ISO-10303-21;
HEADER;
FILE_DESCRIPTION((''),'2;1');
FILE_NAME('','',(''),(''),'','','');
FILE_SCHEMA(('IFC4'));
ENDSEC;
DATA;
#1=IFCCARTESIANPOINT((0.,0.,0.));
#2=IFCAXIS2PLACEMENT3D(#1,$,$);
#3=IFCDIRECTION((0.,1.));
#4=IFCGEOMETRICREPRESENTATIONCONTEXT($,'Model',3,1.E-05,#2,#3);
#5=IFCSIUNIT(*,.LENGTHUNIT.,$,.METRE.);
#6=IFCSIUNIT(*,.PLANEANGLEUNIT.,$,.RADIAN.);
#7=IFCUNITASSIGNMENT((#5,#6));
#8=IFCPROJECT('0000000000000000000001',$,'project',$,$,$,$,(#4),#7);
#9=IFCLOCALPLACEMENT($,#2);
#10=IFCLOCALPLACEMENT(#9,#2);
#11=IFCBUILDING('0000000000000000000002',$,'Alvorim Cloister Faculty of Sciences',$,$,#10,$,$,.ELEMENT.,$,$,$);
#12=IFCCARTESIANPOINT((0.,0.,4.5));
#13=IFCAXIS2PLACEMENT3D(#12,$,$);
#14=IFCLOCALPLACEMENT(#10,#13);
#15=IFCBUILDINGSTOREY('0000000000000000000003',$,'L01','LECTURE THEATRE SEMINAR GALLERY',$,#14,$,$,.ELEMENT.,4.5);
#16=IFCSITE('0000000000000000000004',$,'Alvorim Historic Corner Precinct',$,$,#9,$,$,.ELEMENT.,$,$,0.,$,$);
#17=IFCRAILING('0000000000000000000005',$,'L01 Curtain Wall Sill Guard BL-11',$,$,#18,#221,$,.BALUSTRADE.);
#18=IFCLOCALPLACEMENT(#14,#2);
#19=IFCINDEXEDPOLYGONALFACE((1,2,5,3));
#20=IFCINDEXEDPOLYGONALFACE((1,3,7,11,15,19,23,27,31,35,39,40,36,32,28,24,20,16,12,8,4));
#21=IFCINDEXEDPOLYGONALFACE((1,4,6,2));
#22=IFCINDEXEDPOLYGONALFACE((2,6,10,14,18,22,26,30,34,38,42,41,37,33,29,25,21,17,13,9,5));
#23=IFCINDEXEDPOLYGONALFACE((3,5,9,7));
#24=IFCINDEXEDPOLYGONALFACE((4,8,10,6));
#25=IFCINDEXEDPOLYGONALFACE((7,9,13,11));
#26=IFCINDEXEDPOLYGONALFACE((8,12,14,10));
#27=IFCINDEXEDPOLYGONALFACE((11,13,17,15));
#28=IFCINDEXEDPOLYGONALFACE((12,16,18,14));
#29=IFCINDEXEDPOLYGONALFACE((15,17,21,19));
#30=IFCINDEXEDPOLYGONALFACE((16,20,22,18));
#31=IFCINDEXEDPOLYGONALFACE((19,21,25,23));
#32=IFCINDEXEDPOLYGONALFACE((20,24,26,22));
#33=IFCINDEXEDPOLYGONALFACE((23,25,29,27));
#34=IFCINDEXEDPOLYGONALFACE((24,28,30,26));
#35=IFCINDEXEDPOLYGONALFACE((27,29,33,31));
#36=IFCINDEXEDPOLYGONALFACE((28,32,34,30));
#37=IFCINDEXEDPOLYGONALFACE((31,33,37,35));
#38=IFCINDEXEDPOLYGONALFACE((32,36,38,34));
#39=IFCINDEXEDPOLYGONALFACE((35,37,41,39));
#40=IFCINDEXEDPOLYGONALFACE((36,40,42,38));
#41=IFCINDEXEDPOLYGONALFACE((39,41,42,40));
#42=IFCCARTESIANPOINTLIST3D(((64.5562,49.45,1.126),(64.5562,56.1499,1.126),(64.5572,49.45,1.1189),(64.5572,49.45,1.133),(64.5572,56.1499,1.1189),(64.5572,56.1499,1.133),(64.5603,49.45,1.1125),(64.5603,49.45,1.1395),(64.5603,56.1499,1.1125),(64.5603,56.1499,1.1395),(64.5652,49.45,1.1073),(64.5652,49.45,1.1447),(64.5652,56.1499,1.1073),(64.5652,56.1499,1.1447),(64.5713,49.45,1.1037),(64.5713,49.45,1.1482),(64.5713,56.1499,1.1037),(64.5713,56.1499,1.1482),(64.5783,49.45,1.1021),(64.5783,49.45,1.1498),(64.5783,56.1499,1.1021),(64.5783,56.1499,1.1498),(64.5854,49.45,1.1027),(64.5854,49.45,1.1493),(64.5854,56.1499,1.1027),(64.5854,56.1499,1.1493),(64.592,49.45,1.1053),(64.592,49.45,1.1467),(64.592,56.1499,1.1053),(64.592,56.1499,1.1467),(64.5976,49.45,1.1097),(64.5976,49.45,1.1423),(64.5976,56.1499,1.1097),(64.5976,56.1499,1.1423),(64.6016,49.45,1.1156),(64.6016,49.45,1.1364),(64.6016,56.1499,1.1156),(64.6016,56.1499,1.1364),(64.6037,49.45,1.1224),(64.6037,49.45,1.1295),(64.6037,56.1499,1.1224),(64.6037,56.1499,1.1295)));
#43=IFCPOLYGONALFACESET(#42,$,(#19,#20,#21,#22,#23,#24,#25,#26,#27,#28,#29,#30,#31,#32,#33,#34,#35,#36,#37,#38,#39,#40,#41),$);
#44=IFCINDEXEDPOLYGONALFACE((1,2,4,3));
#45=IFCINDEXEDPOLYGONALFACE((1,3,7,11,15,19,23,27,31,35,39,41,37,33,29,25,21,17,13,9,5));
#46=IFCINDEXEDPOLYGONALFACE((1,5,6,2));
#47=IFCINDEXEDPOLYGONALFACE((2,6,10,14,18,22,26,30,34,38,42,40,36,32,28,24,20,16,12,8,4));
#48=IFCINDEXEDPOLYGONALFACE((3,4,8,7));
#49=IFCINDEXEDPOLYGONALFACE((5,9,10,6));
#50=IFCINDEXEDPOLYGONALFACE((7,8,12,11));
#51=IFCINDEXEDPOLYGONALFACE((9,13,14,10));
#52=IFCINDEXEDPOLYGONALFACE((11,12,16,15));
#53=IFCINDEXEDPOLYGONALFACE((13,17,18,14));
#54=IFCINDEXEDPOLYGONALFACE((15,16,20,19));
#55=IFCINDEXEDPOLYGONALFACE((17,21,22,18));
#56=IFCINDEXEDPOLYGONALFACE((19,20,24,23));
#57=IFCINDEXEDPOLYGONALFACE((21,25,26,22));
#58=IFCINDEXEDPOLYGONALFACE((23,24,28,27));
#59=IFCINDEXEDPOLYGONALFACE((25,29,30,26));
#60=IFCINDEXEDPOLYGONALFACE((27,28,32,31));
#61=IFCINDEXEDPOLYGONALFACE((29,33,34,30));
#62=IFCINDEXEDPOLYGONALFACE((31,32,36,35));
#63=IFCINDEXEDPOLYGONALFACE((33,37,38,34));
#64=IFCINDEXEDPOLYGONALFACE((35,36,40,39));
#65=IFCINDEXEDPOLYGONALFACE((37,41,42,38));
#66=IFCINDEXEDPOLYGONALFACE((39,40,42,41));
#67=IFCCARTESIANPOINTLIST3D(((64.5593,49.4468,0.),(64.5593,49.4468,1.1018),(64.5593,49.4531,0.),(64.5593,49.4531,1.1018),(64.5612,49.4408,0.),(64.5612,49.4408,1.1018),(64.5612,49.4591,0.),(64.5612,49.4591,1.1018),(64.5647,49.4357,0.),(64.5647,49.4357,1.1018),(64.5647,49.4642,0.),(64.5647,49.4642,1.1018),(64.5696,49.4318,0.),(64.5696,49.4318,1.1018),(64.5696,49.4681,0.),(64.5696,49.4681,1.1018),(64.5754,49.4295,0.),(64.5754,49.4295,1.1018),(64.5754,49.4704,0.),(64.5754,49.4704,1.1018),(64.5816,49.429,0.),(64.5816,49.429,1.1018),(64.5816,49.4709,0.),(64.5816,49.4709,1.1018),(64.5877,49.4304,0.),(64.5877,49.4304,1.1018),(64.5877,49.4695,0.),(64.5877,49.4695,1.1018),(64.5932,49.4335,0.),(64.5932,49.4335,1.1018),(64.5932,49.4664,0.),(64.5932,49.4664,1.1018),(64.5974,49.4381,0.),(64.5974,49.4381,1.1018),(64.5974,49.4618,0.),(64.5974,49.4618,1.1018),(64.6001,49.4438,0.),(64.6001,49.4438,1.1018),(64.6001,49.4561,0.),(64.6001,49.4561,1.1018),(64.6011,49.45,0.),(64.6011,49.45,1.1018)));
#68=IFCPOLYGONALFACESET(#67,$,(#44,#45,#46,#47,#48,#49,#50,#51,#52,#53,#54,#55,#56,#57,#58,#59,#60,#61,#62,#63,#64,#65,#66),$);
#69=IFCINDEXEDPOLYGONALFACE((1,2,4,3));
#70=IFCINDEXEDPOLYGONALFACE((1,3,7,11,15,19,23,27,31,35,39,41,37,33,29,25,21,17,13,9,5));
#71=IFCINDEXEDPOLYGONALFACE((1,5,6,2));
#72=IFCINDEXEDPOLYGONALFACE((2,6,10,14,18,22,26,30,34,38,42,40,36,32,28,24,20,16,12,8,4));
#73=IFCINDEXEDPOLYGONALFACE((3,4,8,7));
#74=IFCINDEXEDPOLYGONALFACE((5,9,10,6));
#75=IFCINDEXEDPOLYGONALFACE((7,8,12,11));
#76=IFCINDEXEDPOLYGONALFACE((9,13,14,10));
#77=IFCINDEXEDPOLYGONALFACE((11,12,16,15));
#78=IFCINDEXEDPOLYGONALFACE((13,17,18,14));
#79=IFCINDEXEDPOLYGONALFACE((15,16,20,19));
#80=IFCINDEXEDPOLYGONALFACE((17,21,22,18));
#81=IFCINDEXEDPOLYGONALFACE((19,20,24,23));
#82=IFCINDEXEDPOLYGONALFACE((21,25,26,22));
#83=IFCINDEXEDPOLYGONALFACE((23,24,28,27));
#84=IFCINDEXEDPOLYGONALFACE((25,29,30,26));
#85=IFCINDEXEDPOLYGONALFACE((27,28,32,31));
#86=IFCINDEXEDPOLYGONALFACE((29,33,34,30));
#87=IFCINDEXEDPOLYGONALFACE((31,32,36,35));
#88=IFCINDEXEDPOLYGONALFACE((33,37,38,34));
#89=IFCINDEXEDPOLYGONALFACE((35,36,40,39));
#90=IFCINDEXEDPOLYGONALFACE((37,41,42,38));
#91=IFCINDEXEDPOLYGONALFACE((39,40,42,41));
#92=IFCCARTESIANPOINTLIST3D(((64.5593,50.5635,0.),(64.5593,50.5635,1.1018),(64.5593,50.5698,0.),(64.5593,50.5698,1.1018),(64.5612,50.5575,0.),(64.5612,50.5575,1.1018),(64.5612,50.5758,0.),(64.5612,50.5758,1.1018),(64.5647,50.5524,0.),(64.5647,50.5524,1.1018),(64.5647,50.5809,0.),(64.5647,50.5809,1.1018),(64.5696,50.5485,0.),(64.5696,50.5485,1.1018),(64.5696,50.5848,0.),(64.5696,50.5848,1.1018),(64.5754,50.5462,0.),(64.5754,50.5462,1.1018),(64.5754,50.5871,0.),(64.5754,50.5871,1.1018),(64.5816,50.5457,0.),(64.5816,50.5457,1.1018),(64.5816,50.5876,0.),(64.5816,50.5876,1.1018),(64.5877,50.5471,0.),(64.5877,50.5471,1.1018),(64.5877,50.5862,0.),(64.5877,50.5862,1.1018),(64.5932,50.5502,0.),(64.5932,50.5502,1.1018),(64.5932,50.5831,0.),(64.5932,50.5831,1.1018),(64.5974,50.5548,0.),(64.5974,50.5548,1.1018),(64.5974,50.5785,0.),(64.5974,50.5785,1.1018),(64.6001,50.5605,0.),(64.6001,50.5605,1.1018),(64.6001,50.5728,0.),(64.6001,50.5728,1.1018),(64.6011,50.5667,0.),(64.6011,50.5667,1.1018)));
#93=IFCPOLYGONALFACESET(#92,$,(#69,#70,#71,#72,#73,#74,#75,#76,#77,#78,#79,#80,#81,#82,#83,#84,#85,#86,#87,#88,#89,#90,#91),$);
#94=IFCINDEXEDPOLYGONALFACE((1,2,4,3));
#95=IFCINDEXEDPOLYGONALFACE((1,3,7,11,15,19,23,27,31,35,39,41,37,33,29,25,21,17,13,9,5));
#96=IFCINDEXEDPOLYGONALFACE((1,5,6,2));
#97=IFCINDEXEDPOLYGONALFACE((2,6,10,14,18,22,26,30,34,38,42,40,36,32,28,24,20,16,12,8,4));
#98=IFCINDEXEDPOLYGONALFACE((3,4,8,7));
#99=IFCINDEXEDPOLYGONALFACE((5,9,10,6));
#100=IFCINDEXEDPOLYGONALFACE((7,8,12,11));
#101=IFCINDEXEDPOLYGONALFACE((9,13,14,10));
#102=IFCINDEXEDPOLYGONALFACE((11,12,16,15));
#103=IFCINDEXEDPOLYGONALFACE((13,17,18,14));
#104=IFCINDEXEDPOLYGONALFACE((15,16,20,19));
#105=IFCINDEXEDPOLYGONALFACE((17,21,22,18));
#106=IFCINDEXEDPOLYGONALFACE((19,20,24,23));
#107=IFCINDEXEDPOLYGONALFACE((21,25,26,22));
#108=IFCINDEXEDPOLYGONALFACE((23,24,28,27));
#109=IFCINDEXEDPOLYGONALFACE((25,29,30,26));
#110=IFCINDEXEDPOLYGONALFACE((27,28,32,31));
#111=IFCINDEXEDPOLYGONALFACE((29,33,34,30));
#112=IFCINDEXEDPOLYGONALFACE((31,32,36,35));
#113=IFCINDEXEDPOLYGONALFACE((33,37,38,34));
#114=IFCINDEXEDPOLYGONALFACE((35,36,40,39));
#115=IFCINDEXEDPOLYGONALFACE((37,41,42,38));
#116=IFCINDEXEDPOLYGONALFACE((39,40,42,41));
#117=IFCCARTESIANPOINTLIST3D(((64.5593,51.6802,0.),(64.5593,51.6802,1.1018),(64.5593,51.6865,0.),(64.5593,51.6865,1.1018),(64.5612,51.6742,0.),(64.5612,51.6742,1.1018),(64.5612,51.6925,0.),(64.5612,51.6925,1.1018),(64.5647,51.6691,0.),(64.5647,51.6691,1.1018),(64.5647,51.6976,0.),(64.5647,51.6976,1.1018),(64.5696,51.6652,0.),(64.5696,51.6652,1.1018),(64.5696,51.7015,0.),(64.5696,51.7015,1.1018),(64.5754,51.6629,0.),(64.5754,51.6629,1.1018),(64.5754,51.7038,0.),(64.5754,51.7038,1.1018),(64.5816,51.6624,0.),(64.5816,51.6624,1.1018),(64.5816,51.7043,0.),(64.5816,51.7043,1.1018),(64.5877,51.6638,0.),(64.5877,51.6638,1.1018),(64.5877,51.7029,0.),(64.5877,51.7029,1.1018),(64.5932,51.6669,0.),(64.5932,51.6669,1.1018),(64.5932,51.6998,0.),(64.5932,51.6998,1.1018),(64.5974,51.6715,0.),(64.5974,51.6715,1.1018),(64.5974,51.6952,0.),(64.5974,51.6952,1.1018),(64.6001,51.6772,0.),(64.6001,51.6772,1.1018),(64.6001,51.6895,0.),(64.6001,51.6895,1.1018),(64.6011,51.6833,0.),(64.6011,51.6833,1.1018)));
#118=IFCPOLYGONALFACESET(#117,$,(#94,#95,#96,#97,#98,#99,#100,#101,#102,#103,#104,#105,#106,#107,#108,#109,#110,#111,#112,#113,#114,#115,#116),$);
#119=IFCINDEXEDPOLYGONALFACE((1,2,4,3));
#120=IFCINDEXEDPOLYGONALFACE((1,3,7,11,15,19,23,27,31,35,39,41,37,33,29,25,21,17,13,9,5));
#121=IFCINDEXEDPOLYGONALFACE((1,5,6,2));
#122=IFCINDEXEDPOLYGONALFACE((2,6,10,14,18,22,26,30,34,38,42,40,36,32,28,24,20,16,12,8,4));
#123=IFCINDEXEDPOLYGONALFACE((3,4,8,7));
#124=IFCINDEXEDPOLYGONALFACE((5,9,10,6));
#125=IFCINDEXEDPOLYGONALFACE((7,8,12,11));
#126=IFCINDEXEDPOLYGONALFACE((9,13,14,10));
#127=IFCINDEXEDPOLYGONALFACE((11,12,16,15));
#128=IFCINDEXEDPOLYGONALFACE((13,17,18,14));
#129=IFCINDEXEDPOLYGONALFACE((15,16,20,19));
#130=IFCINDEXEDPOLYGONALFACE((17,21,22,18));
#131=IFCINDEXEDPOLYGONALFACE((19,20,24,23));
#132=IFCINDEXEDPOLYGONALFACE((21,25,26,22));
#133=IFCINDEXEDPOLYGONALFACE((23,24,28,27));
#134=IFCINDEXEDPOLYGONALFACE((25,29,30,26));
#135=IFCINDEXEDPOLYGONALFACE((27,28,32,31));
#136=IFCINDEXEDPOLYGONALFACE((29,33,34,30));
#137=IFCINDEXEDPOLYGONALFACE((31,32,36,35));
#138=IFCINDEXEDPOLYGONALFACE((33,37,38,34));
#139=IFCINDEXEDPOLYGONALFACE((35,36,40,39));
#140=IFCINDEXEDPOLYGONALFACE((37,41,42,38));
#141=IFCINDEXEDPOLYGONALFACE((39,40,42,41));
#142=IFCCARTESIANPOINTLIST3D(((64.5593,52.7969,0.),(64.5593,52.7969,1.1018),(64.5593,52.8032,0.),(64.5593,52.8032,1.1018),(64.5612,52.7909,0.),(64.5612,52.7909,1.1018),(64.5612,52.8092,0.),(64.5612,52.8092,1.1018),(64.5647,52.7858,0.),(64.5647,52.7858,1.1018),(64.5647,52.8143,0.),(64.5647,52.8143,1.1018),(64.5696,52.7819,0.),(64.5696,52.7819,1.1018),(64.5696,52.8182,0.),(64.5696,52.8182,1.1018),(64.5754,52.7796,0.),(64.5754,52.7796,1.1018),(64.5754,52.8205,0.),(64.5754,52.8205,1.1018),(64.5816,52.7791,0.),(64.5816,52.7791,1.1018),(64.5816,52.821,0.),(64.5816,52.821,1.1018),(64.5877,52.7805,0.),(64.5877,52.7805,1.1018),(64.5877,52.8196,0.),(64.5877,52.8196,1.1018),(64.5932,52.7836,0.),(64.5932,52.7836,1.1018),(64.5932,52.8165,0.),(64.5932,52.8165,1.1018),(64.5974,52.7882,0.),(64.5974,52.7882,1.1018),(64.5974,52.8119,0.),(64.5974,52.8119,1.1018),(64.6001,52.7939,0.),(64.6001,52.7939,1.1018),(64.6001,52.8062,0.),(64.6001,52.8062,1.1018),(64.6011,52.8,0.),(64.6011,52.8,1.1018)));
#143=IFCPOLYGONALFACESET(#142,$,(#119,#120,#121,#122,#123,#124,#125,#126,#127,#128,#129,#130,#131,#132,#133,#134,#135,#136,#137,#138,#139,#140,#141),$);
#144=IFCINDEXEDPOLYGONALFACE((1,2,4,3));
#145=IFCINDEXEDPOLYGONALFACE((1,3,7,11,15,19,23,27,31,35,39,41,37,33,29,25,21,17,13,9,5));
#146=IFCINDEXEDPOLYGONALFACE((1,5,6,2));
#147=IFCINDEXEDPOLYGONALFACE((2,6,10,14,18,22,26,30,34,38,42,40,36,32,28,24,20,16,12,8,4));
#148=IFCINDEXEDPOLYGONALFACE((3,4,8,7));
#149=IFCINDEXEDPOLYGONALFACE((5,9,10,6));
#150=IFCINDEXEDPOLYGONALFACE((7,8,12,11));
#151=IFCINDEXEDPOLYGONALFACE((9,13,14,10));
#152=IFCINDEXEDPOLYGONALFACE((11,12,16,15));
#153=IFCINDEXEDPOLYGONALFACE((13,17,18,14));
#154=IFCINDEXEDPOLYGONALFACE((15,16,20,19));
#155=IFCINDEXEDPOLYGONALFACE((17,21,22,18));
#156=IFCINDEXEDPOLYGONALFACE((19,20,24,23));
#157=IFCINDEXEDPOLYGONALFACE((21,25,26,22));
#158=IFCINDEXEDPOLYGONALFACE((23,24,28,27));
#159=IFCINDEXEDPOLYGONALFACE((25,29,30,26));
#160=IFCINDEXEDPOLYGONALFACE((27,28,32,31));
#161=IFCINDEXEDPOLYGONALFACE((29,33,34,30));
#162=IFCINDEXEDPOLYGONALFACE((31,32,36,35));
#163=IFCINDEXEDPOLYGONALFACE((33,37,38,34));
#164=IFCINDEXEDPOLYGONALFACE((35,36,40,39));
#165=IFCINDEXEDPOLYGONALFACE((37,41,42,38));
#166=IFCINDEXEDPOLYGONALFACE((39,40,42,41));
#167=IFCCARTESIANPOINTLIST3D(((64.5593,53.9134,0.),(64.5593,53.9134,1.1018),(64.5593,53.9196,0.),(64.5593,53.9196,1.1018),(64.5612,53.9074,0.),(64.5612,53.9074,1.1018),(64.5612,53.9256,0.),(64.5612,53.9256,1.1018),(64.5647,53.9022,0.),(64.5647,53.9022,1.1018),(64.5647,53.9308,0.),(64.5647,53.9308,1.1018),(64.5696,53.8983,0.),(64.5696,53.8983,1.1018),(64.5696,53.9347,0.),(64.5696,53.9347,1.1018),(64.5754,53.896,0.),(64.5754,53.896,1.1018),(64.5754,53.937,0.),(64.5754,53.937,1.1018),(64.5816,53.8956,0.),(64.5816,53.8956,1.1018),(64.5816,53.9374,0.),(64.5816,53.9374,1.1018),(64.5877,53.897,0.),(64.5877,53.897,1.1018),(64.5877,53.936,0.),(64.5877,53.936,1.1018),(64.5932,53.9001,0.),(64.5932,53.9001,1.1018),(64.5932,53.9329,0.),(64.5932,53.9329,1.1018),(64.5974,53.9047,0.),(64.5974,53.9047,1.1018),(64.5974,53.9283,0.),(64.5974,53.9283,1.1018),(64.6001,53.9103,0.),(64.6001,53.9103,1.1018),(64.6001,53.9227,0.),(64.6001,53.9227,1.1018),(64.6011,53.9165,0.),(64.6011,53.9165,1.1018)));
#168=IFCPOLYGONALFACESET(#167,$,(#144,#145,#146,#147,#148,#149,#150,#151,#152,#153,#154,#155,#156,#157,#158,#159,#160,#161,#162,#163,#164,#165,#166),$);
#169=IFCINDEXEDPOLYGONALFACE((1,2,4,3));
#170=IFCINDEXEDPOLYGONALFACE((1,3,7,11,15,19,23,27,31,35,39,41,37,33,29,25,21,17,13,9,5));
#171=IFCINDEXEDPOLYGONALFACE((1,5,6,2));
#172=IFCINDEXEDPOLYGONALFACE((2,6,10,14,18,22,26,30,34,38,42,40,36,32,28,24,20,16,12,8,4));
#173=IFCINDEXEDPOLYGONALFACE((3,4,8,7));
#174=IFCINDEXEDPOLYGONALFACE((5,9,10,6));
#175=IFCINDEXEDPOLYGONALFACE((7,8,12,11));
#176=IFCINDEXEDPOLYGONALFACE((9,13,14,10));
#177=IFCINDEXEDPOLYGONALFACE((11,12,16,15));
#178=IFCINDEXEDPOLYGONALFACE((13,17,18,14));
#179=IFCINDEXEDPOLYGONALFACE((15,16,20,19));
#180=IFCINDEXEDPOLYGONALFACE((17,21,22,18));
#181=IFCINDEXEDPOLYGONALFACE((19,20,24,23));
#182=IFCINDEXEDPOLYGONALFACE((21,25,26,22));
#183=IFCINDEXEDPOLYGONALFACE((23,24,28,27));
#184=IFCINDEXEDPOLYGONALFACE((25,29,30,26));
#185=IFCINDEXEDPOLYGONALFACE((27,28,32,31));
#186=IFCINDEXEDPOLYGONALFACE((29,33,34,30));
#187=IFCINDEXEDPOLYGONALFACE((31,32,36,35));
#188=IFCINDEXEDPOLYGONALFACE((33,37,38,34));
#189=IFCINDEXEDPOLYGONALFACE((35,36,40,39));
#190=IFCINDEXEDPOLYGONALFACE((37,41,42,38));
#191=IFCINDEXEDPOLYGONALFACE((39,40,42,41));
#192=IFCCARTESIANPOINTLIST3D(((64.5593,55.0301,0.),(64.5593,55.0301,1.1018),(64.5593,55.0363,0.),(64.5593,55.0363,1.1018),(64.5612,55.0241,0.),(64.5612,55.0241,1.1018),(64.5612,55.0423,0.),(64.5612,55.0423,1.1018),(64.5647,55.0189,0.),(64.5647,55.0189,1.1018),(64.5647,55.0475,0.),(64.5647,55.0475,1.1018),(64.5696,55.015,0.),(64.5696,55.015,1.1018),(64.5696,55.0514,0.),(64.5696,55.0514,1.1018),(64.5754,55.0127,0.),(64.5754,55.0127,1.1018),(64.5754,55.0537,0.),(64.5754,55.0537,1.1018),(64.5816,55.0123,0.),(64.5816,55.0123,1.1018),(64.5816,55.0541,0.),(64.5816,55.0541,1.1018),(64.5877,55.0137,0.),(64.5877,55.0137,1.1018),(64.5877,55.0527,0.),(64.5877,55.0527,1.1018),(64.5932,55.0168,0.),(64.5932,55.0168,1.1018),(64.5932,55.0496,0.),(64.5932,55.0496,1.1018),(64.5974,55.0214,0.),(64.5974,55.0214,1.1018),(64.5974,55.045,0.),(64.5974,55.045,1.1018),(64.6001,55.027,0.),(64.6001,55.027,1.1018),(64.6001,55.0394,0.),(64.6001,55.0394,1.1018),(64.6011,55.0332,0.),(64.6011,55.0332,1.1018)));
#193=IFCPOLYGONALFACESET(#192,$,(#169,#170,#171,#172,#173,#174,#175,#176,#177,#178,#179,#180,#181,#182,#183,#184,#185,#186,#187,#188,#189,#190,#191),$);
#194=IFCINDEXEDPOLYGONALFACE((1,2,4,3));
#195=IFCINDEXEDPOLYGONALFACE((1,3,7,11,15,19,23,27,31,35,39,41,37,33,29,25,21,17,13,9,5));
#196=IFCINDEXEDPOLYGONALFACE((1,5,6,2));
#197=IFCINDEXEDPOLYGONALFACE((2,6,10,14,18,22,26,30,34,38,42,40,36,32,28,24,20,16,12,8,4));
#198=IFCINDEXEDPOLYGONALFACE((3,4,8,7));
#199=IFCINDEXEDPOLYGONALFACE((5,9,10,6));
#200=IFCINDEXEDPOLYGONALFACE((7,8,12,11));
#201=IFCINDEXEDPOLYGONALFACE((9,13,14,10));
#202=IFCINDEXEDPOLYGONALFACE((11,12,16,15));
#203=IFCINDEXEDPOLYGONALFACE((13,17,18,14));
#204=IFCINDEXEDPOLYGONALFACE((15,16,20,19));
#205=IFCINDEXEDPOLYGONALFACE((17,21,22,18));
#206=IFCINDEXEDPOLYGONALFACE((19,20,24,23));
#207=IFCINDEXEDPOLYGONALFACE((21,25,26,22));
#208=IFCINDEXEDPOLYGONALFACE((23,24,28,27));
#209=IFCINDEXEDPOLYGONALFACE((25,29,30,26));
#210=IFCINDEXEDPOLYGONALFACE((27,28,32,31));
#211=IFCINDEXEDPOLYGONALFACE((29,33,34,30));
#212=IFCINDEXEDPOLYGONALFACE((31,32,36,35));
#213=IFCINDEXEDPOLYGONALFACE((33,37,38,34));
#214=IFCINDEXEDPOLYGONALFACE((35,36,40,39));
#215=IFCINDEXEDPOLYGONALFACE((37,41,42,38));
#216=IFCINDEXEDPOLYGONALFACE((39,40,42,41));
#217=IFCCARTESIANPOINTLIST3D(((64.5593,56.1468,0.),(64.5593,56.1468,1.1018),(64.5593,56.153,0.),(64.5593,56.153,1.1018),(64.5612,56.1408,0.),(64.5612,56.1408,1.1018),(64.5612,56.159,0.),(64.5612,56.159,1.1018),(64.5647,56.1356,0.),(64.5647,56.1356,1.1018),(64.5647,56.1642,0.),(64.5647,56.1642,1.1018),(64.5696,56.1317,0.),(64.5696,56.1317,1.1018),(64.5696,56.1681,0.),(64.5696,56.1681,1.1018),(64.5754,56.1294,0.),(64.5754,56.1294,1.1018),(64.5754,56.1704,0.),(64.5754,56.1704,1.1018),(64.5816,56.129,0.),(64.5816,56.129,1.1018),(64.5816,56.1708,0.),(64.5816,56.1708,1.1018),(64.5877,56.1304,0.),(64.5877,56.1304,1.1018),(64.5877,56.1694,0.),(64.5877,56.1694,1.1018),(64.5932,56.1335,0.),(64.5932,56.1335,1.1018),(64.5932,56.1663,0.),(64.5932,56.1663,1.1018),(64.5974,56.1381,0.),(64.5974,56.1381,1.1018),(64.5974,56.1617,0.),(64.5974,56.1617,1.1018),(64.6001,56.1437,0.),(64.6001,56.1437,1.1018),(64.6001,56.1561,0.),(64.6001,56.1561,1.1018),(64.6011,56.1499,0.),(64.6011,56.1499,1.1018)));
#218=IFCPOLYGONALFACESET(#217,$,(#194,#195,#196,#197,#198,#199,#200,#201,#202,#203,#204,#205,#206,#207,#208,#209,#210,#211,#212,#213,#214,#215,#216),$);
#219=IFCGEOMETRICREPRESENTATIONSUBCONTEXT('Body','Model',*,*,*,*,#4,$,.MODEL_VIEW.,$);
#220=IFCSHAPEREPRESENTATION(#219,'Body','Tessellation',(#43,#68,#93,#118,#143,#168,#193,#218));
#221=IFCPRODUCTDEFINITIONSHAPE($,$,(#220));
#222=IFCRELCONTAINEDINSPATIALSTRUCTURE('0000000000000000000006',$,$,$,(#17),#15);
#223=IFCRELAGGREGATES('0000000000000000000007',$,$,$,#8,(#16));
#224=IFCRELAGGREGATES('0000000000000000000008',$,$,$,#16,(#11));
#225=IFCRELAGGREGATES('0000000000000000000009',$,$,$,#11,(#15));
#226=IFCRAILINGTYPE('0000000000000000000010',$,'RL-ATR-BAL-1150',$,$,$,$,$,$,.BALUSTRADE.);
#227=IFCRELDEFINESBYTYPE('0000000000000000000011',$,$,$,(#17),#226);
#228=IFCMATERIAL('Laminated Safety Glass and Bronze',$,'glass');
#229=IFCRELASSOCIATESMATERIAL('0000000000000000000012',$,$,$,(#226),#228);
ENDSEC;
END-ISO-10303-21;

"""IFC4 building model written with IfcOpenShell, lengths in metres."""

from ifc_helpers import new_model, si_unit, direction, frame, origin, origin_2d, place, context, subcontext, project, spatial, circle, extrude, material, type_object, element, save


model = new_model("IFC4")

# Units and contexts
model_context = context("Model", 3, precision=1e-05, world=origin(), true_north=direction((0.0, 1.0)))
body_context = subcontext(model_context, "Body", "Model", "MODEL_VIEW")
ifc_project = project(units=[si_unit("LENGTHUNIT", "METRE"), si_unit("PLANEANGLEUNIT", "RADIAN")], contexts=[model_context])

# Site, building, storey
site_placement = place(None, origin())
site = spatial("IfcSite", under=ifc_project, at=site_placement, Name="Alvorim Historic Corner Precinct", CompositionType="ELEMENT", RefElevation=0.0)
building_placement = place(site_placement, origin())
building = spatial("IfcBuilding", under=site, at=building_placement, Name="Alvorim Cloister Faculty of Sciences", CompositionType="ELEMENT")
storey_placement = place(building_placement, frame((0.0, 0.0, 4.5)))
storey = spatial("IfcBuildingStorey", under=building, at=storey_placement, Name="L01", Description="LECTURE THEATRE SEMINAR GALLERY", CompositionType="ELEMENT", Elevation=4.5)

# Railing
ifc_material_1 = material(Name="Laminated Safety Glass and Bronze", Category="glass")
railing_type = type_object("IfcRailingType", Name="RL-ATR-BAL-1150", PredefinedType="BALUSTRADE", material=ifc_material_1)
railing_placement = place(storey_placement, frame((64.5801, 49.45, 0.0)))
element("IfcRailing", 1, at=railing_placement, inside=storey, type_object=railing_type, Name="L01 Curtain Wall Sill Guard BL-11", PredefinedType="BALUSTRADE", context=body_context, shape_type="SweptSolid", body=[
    extrude(circle(Radius=0.0239, at=origin_2d()), frame((0.0, 0.0, 1.126), z_axis=(0.0, 1.0, 0.0), x_axis=(-1.0, 0.0, 0.0)), (0.0, 0.0, 1.0), 6.7),
    extrude(circle(Radius=0.021, at=origin_2d()), origin(), (0.0, 0.0, 1.0), 1.1018),
    extrude(circle(Radius=0.021, at=origin_2d()), frame((0.0, 1.1167, 0.0)), (0.0, 0.0, 1.0), 1.1018),
    extrude(circle(Radius=0.021, at=origin_2d()), frame((0.0, 2.2334, 0.0)), (0.0, 0.0, 1.0), 1.1018),
    extrude(circle(Radius=0.021, at=origin_2d()), frame((0.0, 3.3501, 0.0)), (0.0, 0.0, 1.0), 1.1018),
    extrude(circle(Radius=0.021, at=origin_2d()), frame((0.0, 4.4666, 0.0)), (0.0, 0.0, 1.0), 1.1018),
    extrude(circle(Radius=0.021, at=origin_2d()), frame((0.0, 5.5833, 0.0)), (0.0, 0.0, 1.0), 1.1018),
    extrude(circle(Radius=0.021, at=origin_2d()), frame((0.0, 6.7, 0.0)), (0.0, 0.0, 1.0), 1.1018),
])

save(model, "model.ifc")
